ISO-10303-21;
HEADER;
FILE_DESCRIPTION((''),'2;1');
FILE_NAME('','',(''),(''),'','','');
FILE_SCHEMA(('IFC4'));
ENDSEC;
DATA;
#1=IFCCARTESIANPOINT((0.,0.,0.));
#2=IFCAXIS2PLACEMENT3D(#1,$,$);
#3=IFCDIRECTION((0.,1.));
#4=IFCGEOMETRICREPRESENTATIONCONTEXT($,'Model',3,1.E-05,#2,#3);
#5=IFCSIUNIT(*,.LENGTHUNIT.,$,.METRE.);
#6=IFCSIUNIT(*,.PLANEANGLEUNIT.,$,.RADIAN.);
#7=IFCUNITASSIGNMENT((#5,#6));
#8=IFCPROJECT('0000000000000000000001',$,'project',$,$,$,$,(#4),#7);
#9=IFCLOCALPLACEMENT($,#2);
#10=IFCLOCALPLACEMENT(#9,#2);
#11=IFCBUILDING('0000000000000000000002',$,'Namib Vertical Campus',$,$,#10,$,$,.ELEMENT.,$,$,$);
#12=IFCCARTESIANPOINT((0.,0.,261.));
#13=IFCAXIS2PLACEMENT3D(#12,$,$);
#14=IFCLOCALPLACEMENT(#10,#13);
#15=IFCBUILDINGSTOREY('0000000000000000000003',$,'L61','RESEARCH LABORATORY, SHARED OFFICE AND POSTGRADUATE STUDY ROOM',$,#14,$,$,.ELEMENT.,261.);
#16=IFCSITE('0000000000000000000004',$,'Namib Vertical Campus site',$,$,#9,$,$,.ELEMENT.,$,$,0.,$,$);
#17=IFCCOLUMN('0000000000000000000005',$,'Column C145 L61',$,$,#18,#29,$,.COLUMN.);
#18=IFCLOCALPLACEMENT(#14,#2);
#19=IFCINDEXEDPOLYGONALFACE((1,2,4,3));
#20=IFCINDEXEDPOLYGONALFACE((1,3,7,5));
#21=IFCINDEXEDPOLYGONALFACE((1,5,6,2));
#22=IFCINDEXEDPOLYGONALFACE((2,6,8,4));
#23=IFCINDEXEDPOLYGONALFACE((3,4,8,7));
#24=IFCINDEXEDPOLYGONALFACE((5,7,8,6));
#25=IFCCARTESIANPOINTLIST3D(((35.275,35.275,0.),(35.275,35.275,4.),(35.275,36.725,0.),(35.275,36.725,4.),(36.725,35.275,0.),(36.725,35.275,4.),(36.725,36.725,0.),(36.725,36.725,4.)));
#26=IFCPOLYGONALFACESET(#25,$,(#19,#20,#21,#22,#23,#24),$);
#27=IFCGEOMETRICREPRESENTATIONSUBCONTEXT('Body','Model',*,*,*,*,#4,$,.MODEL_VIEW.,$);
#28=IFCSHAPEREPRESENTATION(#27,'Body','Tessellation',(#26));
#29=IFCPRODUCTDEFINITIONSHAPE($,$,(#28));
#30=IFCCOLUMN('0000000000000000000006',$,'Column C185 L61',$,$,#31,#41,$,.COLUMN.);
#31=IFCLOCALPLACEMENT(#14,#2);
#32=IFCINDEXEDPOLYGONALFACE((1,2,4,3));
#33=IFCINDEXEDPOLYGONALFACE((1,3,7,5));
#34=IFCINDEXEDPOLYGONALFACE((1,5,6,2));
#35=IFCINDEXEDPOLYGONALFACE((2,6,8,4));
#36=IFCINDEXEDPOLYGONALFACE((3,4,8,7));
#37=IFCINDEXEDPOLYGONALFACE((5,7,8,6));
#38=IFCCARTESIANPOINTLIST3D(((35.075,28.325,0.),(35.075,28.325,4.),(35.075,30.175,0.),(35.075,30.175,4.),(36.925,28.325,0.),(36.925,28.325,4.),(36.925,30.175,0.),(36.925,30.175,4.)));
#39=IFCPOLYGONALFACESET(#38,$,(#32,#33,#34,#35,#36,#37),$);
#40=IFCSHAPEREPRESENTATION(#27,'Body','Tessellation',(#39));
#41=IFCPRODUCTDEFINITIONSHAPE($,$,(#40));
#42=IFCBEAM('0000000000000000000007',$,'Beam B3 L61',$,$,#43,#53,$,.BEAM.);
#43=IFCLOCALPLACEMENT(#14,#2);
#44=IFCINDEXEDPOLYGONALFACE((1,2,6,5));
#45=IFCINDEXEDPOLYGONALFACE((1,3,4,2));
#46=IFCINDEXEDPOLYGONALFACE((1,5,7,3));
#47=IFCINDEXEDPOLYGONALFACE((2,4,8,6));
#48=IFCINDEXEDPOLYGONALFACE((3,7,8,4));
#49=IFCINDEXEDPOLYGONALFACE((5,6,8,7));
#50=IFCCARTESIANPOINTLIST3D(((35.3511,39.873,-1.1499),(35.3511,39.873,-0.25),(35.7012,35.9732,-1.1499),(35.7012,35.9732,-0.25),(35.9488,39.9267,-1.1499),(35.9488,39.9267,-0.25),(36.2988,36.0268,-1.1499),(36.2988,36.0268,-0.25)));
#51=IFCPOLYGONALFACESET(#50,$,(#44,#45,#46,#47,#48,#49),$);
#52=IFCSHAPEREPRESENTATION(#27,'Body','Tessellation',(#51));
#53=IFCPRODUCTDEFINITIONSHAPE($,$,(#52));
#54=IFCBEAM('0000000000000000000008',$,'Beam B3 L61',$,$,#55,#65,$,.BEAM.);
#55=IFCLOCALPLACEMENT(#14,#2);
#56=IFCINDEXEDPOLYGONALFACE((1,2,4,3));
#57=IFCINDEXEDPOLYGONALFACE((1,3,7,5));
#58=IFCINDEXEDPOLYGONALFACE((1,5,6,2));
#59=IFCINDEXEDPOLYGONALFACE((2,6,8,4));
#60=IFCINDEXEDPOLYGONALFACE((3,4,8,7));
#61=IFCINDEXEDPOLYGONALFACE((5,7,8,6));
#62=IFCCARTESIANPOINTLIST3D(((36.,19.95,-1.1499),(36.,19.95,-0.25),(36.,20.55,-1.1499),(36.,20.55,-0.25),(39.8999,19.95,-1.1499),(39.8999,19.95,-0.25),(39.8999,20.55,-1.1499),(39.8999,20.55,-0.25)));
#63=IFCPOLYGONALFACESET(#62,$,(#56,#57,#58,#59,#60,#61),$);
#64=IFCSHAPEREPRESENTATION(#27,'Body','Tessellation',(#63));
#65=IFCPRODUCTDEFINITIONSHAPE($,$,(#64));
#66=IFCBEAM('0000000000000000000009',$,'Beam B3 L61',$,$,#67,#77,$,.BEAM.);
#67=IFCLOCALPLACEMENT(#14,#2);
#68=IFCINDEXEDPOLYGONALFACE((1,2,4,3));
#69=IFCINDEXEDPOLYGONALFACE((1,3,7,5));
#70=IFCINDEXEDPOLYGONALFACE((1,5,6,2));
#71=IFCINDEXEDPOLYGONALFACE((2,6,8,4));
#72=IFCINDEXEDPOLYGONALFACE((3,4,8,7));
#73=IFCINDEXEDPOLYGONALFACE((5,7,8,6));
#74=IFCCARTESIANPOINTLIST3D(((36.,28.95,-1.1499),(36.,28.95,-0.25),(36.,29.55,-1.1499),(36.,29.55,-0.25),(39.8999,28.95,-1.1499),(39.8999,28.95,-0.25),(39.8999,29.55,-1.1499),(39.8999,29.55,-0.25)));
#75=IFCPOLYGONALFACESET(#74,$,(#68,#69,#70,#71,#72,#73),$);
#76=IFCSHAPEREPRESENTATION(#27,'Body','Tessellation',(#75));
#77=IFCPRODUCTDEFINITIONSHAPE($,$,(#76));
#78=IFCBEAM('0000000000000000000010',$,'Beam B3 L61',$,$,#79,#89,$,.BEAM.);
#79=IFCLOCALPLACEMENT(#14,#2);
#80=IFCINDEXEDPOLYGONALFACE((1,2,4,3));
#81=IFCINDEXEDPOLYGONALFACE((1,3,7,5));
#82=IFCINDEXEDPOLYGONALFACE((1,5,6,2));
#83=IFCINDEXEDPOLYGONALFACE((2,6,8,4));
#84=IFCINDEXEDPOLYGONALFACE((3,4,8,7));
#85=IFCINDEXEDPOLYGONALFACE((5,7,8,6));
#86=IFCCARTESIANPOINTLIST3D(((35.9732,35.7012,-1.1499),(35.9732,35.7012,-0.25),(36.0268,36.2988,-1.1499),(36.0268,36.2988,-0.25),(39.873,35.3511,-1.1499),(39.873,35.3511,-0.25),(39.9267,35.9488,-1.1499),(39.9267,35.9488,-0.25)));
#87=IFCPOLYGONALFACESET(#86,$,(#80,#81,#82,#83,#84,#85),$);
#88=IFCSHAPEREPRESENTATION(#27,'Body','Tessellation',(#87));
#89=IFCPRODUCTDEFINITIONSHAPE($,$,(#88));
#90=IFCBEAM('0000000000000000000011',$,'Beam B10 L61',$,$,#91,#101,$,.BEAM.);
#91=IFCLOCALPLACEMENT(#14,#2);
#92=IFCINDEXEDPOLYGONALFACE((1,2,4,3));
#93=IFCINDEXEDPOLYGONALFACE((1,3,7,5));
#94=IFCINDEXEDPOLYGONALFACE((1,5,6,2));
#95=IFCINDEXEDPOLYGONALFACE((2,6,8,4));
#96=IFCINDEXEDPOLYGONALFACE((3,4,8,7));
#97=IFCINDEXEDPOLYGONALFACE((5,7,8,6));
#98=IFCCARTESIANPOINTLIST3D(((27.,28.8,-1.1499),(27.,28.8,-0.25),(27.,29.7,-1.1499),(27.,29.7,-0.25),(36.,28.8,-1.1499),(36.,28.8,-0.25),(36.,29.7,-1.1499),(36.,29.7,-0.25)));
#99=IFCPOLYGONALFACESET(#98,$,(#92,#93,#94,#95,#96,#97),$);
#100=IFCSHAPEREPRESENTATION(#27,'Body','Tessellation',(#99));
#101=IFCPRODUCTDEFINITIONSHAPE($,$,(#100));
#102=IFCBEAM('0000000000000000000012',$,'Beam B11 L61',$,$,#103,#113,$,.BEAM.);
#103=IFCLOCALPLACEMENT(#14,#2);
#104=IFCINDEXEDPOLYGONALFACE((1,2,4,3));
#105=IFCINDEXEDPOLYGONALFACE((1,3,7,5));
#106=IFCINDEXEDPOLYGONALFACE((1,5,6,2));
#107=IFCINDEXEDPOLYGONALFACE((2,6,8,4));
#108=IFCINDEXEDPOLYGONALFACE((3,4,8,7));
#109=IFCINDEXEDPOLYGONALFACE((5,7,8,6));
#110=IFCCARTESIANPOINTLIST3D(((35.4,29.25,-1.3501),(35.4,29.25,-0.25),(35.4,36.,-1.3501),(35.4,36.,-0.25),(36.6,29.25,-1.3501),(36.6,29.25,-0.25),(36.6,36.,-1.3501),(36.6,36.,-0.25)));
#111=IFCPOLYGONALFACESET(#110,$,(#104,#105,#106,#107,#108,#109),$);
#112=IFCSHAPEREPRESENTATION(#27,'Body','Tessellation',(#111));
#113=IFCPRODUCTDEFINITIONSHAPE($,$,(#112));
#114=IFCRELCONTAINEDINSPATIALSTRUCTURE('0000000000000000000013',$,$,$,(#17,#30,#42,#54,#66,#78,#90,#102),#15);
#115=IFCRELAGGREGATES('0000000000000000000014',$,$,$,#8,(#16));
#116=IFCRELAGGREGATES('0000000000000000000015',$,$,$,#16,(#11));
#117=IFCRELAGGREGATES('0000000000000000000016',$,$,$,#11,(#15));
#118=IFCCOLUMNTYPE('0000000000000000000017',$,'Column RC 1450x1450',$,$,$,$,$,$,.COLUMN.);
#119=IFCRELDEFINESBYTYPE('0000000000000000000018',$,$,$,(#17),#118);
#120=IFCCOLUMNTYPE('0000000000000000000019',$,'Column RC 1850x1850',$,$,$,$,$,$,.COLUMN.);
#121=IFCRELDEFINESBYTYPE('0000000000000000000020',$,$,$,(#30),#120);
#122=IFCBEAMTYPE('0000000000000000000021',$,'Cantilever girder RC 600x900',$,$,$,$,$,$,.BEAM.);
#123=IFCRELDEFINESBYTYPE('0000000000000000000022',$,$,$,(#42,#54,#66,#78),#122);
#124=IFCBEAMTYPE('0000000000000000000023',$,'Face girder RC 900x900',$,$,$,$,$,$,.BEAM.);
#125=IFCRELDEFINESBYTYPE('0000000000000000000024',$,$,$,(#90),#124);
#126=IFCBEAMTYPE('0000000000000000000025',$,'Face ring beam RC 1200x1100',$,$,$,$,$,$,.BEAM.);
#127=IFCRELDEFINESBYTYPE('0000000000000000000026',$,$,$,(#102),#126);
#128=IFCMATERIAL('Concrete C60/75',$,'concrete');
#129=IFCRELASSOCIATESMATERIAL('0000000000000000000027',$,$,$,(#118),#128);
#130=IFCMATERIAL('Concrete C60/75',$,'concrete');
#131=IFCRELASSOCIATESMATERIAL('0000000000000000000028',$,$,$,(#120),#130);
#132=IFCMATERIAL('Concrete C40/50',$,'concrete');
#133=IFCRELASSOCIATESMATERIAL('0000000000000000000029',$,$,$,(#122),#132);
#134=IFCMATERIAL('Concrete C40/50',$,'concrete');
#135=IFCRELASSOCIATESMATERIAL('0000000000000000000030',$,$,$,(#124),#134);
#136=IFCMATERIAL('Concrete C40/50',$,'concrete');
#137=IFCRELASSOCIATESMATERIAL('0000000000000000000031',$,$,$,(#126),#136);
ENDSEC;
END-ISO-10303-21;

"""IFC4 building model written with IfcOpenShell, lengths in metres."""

from ifc_helpers import new_model, si_unit, direction, frame, origin, origin_2d, place, context, subcontext, project, spatial, rectangle, extrude, material, material_profile, profile_set, type_object, element, save


model = new_model("IFC4")

# Units and contexts
model_context = context("Model", 3, precision=1e-05, world=origin(), true_north=direction((0.0, 1.0)))
body_context = subcontext(model_context, "Body", "Model", "MODEL_VIEW")
ifc_project = project(units=[si_unit("LENGTHUNIT", "METRE"), si_unit("PLANEANGLEUNIT", "RADIAN")], contexts=[model_context])

# Site, building, storey
site_placement = place(None, origin())
site = spatial("IfcSite", under=ifc_project, at=site_placement, Name="Namib Vertical Campus site", CompositionType="ELEMENT", RefElevation=0.0)
building_placement = place(site_placement, origin())
building = spatial("IfcBuilding", under=site, at=building_placement, Name="Namib Vertical Campus", CompositionType="ELEMENT")
storey_placement = place(building_placement, frame((0.0, 0.0, 261.0)))
storey = spatial("IfcBuildingStorey", under=building, at=storey_placement, Name="L61", Description="RESEARCH LABORATORY, SHARED OFFICE AND POSTGRADUATE STUDY ROOM", CompositionType="ELEMENT", Elevation=261.0)

# Columns
ifc_material_1 = material(Name="Concrete C60/75", Category="concrete")
ifc_material_profile_1 = material_profile(ifc_material_1, rectangle(XDim=1.45, YDim=1.45, at=origin_2d()))
ifc_profile_set_1 = profile_set([ifc_material_profile_1], Name="Concrete C60/75")
column_type_1 = type_object("IfcColumnType", Name="Column RC 1450x1450", PredefinedType="COLUMN", material=ifc_profile_set_1)
column_1_placement = place(storey_placement, frame((36.0, 36.0, 0.0), z_axis=(0.0, 0.0, 1.0), x_axis=(1.0, 0.0, 0.0)))
element("IfcColumn", 1, at=column_1_placement, inside=storey, type_object=column_type_1, Name="Column C145 L61", PredefinedType="COLUMN", context=body_context, shape_type="SweptSolid", body=[
    extrude(rectangle(XDim=1.45, YDim=1.45, at=origin_2d()), origin(), (0.0, 0.0, 1.0), 4.0),
])
ifc_material_2 = material(Name="Concrete C60/75", Category="concrete")
ifc_material_profile_2 = material_profile(ifc_material_2, rectangle(XDim=1.8501, YDim=1.8501, at=origin_2d()))
ifc_profile_set_2 = profile_set([ifc_material_profile_2], Name="Concrete C60/75")
column_type_2 = type_object("IfcColumnType", Name="Column RC 1850x1850", PredefinedType="COLUMN", material=ifc_profile_set_2)
column_2_placement = place(storey_placement, frame((36.0, 29.25, 0.0), z_axis=(0.0, 0.0, 1.0), x_axis=(1.0, 0.0, 0.0)))
element("IfcColumn", 2, at=column_2_placement, inside=storey, type_object=column_type_2, Name="Column C185 L61", PredefinedType="COLUMN", context=body_context, shape_type="SweptSolid", body=[
    extrude(rectangle(XDim=1.8501, YDim=1.8501, at=origin_2d()), origin(), (0.0, 0.0, 1.0), 4.0),
])

# Beams
ifc_material_3 = material(Name="Concrete C40/50", Category="concrete")
ifc_material_profile_3 = material_profile(ifc_material_3, rectangle(XDim=0.6001, YDim=0.8999, at=origin_2d()))
ifc_profile_set_3 = profile_set([ifc_material_profile_3], Name="Concrete C40/50")
beam_type_1 = type_object("IfcBeamType", Name="Cantilever girder RC 600x900", PredefinedType="BEAM", material=ifc_profile_set_3)
beam_1_placement = place(storey_placement, frame((36.0, 36.0, -0.7), z_axis=(-0.089411, 0.995995, 0.0), x_axis=(-0.995995, -0.089411, 0.0)))
element("IfcBeam", 3, at=beam_1_placement, inside=storey, type_object=beam_type_1, Name="Beam B3 L61", PredefinedType="BEAM", context=body_context, shape_type="SweptSolid", body=[
    extrude(rectangle(XDim=0.6001, YDim=0.8999, at=origin_2d()), origin(), (0.0, 0.0, 1.0), 3.9155),
])
for number, where, z_axis, x_axis, name in (
    (4, (36.0, 20.25, -0.7), (1.0, 0.0, 0.0), (0.0, 1.0, 0.0), "Beam B3 L61"),
    (5, (36.0, 29.25, -0.7), (1.0, 0.0, 0.0), (0.0, 1.0, 0.0), "Beam B3 L61"),
):
    element("IfcBeam", number, at=place(storey_placement, frame(where, z_axis=z_axis, x_axis=x_axis)), inside=storey, type_object=beam_type_1, Name=name, PredefinedType="BEAM", context=body_context, shape_type="SweptSolid", body=[
        extrude(rectangle(XDim=0.6001, YDim=0.8999, at=origin_2d()), origin(), (0.0, 0.0, 1.0), 3.8999),
    ])
beam_2_placement = place(storey_placement, frame((36.0, 36.0, -0.7), z_axis=(0.995995, -0.089411, 0.0), x_axis=(0.089411, 0.995995, 0.0)))
element("IfcBeam", 6, at=beam_2_placement, inside=storey, type_object=beam_type_1, Name="Beam B3 L61", PredefinedType="BEAM", context=body_context, shape_type="SweptSolid", body=[
    extrude(rectangle(XDim=0.6001, YDim=0.8999, at=origin_2d()), origin(), (0.0, 0.0, 1.0), 3.9155),
])
ifc_material_4 = material(Name="Concrete C40/50", Category="concrete")
ifc_material_profile_4 = material_profile(ifc_material_4, rectangle(XDim=0.8999, YDim=0.8999, at=origin_2d()))
ifc_profile_set_4 = profile_set([ifc_material_profile_4], Name="Concrete C40/50")
beam_type_2 = type_object("IfcBeamType", Name="Face girder RC 900x900", PredefinedType="BEAM", material=ifc_profile_set_4)
beam_3_placement = place(storey_placement, frame((36.0, 29.25, -0.7), z_axis=(-1.0, 0.0, 0.0), x_axis=(0.0, -1.0, 0.0)))
element("IfcBeam", 7, at=beam_3_placement, inside=storey, type_object=beam_type_2, Name="Beam B10 L61", PredefinedType="BEAM", context=body_context, shape_type="SweptSolid", body=[
    extrude(rectangle(XDim=0.8999, YDim=0.8999, at=origin_2d()), origin(), (0.0, 0.0, 1.0), 9.0),
])
ifc_material_5 = material(Name="Concrete C40/50", Category="concrete")
ifc_material_profile_5 = material_profile(ifc_material_5, rectangle(XDim=1.2, YDim=1.1001, at=origin_2d()))
ifc_profile_set_5 = profile_set([ifc_material_profile_5], Name="Concrete C40/50")
beam_type_3 = type_object("IfcBeamType", Name="Face ring beam RC 1200x1100", PredefinedType="BEAM", material=ifc_profile_set_5)
beam_4_placement = place(storey_placement, frame((36.0, 29.25, -0.8), z_axis=(0.0, 1.0, 0.0), x_axis=(-1.0, 0.0, 0.0)))
element("IfcBeam", 8, at=beam_4_placement, inside=storey, type_object=beam_type_3, Name="Beam B11 L61", PredefinedType="BEAM", context=body_context, shape_type="SweptSolid", body=[
    extrude(rectangle(XDim=1.2, YDim=1.1001, at=origin_2d()), origin(), (0.0, 0.0, 1.0), 6.75),
])

save(model, "model.ifc")
